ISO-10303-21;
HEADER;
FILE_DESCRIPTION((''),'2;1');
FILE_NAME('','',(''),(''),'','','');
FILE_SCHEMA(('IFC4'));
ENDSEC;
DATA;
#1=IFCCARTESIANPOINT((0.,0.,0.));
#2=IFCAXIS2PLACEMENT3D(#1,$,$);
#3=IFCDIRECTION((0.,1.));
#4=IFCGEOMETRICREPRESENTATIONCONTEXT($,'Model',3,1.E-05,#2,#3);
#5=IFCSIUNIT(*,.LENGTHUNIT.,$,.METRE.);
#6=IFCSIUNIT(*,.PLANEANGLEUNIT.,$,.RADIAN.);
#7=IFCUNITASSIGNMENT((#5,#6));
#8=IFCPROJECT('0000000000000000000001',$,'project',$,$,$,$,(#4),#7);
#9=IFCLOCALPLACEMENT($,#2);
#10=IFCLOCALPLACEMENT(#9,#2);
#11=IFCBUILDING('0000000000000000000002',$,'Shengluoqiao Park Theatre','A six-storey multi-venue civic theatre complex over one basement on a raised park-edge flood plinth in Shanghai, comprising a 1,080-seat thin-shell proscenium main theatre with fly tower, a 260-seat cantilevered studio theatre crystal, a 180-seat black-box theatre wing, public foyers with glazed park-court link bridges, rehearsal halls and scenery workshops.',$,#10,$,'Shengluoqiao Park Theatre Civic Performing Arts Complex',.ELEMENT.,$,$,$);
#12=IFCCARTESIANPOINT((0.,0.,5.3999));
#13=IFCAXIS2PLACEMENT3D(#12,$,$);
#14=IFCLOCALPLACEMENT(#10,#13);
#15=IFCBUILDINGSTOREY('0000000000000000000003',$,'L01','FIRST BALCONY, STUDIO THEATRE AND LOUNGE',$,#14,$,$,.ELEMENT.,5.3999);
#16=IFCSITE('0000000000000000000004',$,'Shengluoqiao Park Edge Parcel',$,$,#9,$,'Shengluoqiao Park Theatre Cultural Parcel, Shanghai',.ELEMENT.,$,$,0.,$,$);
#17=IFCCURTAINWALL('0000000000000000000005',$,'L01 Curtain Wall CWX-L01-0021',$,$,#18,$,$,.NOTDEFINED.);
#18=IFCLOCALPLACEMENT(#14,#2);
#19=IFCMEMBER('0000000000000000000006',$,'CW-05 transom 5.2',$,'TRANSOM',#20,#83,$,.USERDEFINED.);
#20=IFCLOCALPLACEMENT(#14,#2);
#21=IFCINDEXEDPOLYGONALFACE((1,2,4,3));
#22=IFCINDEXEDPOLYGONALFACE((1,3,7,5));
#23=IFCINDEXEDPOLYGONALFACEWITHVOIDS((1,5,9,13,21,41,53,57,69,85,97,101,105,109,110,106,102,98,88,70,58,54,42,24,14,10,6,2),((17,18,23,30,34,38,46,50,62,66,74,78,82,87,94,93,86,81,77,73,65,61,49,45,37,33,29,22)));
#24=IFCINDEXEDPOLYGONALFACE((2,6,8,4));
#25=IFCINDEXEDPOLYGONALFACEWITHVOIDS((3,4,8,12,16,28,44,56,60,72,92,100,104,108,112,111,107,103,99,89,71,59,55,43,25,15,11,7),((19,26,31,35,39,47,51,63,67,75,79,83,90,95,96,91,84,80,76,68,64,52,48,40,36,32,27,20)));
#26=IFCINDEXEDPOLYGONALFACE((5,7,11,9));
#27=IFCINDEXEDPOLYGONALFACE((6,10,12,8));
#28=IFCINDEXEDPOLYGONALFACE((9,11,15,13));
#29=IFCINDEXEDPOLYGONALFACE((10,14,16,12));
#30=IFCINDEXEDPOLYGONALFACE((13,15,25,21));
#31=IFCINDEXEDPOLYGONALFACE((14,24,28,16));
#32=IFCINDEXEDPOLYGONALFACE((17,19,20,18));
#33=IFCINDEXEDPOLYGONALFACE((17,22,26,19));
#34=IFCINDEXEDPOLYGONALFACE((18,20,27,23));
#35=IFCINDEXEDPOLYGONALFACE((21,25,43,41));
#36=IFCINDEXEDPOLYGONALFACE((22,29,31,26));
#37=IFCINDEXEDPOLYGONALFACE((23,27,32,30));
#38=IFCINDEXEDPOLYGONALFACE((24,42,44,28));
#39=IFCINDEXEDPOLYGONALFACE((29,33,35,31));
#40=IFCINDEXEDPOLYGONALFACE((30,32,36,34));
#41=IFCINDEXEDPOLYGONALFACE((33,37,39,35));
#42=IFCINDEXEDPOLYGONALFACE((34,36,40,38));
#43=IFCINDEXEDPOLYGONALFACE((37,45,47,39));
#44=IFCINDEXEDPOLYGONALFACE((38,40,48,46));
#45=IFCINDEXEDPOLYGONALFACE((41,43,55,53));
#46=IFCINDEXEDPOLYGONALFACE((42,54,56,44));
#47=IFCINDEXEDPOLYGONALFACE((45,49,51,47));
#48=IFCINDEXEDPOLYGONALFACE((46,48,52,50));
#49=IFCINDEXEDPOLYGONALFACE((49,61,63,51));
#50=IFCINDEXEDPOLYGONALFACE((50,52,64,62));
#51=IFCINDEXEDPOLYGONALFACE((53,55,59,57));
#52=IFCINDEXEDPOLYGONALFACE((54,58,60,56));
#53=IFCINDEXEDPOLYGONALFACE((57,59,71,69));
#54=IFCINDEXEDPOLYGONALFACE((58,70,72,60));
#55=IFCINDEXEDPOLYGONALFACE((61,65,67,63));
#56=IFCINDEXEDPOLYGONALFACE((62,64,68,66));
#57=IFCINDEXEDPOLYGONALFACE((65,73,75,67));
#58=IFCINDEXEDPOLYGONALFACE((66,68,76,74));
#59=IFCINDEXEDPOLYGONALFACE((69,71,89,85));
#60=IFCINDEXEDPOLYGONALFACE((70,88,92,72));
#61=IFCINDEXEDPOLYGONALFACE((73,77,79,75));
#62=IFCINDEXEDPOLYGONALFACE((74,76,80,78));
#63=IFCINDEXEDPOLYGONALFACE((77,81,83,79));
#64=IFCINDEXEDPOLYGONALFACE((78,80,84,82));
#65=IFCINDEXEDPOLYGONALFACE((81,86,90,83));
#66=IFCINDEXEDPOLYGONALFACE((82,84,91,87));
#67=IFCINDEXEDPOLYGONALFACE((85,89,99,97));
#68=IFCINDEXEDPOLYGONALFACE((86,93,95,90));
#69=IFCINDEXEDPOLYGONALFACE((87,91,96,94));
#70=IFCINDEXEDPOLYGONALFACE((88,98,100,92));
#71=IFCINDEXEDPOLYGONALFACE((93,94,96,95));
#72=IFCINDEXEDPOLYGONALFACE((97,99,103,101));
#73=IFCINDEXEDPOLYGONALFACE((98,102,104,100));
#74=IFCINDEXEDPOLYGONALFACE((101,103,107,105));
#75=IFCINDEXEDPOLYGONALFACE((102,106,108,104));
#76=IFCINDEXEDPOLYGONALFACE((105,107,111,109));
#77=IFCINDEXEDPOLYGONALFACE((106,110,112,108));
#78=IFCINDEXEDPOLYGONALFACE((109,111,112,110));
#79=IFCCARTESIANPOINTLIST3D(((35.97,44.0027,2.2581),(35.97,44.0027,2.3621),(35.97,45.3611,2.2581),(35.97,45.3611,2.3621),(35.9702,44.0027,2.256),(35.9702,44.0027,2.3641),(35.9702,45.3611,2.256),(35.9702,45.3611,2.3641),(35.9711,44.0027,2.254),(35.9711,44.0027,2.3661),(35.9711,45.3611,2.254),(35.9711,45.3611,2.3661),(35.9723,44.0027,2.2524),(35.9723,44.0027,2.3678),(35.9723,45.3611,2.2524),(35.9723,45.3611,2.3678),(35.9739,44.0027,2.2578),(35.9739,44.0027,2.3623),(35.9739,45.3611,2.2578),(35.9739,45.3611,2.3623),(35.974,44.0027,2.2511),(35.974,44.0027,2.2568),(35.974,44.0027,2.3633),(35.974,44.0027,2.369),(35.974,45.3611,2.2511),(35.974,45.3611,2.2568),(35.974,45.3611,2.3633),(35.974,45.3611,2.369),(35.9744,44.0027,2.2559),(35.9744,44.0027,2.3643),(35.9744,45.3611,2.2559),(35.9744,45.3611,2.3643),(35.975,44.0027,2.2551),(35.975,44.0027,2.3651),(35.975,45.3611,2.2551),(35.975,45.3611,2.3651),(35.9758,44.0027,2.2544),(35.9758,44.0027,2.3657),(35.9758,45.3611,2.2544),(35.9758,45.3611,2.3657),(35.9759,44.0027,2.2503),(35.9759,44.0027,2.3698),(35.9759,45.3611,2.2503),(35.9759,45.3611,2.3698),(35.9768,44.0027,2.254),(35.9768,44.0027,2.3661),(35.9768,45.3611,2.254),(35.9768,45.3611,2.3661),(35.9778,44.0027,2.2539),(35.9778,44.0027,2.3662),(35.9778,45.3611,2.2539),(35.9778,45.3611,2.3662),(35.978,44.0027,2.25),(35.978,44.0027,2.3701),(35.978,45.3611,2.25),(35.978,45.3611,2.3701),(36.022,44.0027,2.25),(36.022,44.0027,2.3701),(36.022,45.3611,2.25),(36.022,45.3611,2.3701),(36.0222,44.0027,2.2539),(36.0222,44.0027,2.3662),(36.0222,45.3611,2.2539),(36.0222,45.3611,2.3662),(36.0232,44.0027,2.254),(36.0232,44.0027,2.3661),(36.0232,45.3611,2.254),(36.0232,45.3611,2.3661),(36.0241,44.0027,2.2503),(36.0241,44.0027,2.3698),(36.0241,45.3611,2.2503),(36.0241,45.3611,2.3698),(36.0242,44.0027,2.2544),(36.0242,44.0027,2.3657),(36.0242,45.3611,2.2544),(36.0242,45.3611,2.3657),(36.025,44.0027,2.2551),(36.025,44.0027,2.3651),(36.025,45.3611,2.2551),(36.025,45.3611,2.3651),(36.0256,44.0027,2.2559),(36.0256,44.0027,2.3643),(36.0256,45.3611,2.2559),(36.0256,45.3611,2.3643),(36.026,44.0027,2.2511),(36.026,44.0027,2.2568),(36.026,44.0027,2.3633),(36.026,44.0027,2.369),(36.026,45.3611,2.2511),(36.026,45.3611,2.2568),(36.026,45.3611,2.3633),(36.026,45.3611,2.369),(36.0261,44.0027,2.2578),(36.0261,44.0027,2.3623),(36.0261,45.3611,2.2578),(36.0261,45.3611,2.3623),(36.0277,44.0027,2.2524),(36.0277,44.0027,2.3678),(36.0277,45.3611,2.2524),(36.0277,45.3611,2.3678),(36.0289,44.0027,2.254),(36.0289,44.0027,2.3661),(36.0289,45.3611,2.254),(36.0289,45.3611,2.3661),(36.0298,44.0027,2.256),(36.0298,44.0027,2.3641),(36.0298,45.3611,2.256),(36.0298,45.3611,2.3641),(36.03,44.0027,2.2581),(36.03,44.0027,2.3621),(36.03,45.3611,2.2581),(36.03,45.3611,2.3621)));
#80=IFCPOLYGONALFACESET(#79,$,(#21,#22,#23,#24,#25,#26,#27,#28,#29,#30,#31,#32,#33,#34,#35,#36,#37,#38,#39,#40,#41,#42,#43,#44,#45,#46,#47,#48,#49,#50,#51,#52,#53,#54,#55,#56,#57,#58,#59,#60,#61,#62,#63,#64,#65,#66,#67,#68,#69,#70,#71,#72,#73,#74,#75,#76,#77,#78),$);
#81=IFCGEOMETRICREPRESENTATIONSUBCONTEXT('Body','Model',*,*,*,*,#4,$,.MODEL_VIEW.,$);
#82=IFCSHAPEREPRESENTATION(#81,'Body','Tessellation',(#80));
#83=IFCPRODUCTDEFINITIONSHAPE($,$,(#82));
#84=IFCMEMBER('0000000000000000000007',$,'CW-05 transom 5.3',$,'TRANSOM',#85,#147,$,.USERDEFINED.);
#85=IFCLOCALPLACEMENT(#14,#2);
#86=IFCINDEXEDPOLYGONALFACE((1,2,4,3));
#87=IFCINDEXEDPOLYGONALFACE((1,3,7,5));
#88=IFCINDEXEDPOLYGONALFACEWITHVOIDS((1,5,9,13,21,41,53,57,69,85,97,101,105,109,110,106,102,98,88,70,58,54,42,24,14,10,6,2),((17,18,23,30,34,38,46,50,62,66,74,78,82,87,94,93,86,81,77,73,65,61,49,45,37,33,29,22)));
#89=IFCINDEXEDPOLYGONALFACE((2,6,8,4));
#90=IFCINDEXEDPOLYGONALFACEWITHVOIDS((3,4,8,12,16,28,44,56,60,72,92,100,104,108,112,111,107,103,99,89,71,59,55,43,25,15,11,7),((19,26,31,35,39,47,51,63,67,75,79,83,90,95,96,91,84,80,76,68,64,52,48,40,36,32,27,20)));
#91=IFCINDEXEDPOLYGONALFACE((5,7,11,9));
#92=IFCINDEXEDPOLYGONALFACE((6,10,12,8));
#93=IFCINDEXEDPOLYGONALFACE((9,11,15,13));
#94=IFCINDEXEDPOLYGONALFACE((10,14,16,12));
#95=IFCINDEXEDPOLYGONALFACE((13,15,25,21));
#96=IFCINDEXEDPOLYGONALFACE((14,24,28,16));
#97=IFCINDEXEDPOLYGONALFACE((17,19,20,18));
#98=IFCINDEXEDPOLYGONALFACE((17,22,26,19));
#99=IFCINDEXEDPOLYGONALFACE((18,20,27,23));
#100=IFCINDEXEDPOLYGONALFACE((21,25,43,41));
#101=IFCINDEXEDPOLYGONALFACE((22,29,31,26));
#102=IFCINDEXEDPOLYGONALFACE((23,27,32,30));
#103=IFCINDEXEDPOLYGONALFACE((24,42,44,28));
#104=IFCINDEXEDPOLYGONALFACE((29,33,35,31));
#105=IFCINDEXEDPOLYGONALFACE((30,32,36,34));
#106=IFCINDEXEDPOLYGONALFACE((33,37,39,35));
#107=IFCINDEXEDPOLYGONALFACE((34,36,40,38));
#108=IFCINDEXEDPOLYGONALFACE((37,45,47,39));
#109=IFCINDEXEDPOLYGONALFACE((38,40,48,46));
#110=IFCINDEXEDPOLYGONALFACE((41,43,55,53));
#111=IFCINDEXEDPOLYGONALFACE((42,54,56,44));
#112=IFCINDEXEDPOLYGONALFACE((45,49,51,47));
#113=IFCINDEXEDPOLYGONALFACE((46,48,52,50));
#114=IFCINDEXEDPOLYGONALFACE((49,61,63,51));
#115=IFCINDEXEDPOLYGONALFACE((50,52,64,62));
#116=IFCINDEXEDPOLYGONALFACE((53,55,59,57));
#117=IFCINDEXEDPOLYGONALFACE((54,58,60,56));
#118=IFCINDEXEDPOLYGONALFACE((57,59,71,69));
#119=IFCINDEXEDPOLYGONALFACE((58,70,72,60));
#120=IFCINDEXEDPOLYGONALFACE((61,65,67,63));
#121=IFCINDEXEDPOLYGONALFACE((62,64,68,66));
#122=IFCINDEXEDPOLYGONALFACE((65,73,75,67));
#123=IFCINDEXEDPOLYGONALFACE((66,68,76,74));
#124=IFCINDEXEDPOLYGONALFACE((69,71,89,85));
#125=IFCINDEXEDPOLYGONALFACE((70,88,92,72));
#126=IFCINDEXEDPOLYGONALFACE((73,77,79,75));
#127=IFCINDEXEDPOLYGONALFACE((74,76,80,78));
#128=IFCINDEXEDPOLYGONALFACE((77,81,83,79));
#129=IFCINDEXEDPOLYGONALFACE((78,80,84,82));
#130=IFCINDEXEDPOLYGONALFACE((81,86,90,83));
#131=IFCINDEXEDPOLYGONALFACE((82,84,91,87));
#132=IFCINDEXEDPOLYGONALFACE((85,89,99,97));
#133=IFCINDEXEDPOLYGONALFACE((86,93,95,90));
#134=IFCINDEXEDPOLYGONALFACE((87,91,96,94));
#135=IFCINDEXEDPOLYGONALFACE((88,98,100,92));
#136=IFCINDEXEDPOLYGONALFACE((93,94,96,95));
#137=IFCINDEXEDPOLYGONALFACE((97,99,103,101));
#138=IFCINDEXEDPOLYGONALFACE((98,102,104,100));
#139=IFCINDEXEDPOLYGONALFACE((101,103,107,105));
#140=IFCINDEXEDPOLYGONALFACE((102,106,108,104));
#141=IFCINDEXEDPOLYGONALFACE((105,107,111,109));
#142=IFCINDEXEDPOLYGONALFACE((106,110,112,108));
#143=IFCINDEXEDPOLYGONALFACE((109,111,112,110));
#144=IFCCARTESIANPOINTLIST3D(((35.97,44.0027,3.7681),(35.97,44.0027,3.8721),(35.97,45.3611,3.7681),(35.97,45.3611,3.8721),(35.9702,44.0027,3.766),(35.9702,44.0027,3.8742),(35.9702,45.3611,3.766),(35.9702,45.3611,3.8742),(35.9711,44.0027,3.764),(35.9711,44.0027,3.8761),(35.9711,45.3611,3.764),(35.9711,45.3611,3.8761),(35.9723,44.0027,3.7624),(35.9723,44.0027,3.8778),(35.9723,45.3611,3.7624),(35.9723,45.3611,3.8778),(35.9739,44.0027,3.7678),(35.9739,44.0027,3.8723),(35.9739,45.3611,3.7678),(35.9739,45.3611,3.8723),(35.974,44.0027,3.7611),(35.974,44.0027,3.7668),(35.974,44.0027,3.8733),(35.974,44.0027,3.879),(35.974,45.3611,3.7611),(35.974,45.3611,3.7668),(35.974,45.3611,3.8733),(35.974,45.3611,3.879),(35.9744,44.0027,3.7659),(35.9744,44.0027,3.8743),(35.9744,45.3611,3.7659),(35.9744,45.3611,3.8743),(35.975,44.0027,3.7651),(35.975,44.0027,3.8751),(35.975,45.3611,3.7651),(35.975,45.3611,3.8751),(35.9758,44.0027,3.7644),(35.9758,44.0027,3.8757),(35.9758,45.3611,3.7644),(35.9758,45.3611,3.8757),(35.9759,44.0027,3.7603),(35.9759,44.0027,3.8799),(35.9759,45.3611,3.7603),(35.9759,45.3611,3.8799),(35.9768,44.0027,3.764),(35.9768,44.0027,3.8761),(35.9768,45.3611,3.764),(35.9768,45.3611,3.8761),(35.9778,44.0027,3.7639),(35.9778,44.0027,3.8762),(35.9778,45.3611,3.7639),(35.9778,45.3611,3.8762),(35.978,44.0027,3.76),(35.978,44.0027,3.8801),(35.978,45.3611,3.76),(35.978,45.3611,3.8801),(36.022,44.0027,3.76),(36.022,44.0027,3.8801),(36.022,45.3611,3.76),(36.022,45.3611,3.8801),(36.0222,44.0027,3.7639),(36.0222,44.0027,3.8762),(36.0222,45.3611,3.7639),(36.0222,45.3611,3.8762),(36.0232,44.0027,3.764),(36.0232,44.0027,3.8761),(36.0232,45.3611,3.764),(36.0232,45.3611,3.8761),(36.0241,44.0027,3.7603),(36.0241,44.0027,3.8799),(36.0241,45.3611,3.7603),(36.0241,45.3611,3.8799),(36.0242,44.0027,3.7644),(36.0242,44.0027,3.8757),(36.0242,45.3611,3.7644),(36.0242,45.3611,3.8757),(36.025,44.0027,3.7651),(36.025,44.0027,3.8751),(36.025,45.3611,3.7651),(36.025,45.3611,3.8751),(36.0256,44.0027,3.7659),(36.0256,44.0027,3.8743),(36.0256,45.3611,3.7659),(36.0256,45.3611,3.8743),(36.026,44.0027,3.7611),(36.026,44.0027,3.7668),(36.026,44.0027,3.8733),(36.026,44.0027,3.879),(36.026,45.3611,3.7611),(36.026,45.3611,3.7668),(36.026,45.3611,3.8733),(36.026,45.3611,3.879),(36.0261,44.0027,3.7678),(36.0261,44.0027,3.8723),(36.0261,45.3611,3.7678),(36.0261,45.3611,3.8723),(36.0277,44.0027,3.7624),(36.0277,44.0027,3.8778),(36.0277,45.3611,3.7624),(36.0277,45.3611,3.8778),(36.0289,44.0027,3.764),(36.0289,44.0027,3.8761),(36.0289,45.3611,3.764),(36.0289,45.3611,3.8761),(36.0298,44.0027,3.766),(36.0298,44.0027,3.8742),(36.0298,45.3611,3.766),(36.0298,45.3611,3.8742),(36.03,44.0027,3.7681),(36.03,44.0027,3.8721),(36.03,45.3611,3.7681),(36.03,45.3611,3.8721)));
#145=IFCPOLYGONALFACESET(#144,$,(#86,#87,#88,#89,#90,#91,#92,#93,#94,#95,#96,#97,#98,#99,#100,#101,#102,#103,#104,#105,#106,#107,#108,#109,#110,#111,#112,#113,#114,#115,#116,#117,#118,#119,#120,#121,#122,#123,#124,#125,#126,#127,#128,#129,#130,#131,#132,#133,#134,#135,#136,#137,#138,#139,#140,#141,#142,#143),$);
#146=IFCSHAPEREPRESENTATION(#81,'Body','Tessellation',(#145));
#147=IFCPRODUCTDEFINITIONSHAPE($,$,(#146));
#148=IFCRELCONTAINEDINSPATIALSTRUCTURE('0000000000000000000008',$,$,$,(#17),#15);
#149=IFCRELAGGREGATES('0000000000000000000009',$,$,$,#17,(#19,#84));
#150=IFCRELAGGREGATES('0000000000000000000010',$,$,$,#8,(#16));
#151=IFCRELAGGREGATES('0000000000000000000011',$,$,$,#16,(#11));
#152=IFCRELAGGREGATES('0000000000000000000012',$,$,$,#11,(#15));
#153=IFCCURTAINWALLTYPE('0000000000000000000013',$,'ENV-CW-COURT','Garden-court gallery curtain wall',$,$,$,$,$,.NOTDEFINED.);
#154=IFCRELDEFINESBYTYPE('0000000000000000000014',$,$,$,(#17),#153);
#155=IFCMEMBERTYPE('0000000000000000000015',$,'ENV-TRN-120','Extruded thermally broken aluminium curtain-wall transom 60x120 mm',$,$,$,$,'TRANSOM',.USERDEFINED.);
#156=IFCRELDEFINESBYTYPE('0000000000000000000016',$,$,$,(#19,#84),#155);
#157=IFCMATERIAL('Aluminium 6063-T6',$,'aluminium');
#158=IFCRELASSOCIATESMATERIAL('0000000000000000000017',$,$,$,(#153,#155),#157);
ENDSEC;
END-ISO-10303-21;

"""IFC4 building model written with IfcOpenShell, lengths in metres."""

from ifc_helpers import new_model, si_unit, direction, frame, origin, origin_2d, place, context, subcontext, project, spatial, hollow_rectangle, extrude, material, material_profile, profile_set, type_object, element, aggregate, save


model = new_model("IFC4")

# Units and contexts
model_context = context("Model", 3, precision=1e-05, world=origin(), true_north=direction((0.0, 1.0)))
body_context = subcontext(model_context, "Body", "Model", "MODEL_VIEW")
ifc_project = project(units=[si_unit("LENGTHUNIT", "METRE"), si_unit("PLANEANGLEUNIT", "RADIAN")], contexts=[model_context])

# Site, building, storey
site_placement = place(None, origin())
site = spatial("IfcSite", under=ifc_project, at=site_placement, Name="Shengluoqiao Park Edge Parcel", LongName="Shengluoqiao Park Theatre Cultural Parcel, Shanghai", CompositionType="ELEMENT", RefElevation=0.0)
building_placement = place(site_placement, origin())
building = spatial("IfcBuilding", under=site, at=building_placement, Name="Shengluoqiao Park Theatre", Description="A six-storey multi-venue civic theatre complex over one basement on a raised park-edge flood plinth in Shanghai, comprising a 1,080-seat thin-shell proscenium main theatre with fly tower, a 260-seat cantilevered studio theatre crystal, a 180-seat black-box theatre wing, public foyers with glazed park-court link bridges, rehearsal halls and scenery workshops.", LongName="Shengluoqiao Park Theatre Civic Performing Arts Complex", CompositionType="ELEMENT")
storey_placement = place(building_placement, frame((0.0, 0.0, 5.3999)))
storey = spatial("IfcBuildingStorey", under=building, at=storey_placement, Name="L01", Description="FIRST BALCONY, STUDIO THEATRE AND LOUNGE", CompositionType="ELEMENT", Elevation=5.3999)

# Curtain wall
ifc_material_1 = material(Name="Aluminium 6063-T6", Category="aluminium")
curtain_wall_type = type_object("IfcCurtainWallType", Name="ENV-CW-COURT", Description="Garden-court gallery curtain wall", PredefinedType="NOTDEFINED", material=ifc_material_1)
curtain_wall_1_placement = place(storey_placement, origin())
curtain_wall_1 = element("IfcCurtainWall", 1, at=curtain_wall_1_placement, inside=storey, type_object=curtain_wall_type, Name="L01 Curtain Wall CWX-L01-0021", PredefinedType="NOTDEFINED")

# Members
ifc_material_profile_1 = material_profile(ifc_material_1, hollow_rectangle(XDim=0.0601, YDim=0.1201, WallThickness=0.0039, InnerFilletRadius=0.0039, OuterFilletRadius=0.0081, at=origin_2d()), Name="ALU TRANSOM 120x60x4")
ifc_profile_set_1 = profile_set([ifc_material_profile_1], Name="Aluminium 6063-T6")
member_type_1 = type_object("IfcMemberType", Name="ENV-TRN-120", Description="Extruded thermally broken aluminium curtain-wall transom 60x120 mm", ElementType="TRANSOM", PredefinedType="USERDEFINED", material=ifc_profile_set_1)
member_1_placement = place(storey_placement, frame((36.0, 44.0027, 2.3101), z_axis=(0.0, 1.0, 0.0), x_axis=(-1.0, 0.0, 0.0)))
member_1 = element("IfcMember", 2, at=member_1_placement, type_object=member_type_1, Name="CW-05 transom 5.2", ObjectType="TRANSOM", PredefinedType="USERDEFINED", context=body_context, shape_type="SweptSolid", body=[
    extrude(hollow_rectangle(XDim=0.0601, YDim=0.1201, WallThickness=0.0039, InnerFilletRadius=0.0039, OuterFilletRadius=0.0081, at=origin_2d()), origin(), (0.0, 0.0, 1.0), 1.3584),
])
member_2_placement = place(storey_placement, frame((36.0, 44.0027, 3.8201), z_axis=(0.0, 1.0, 0.0), x_axis=(-1.0, 0.0, 0.0)))
member_2 = element("IfcMember", 3, at=member_2_placement, type_object=member_type_1, Name="CW-05 transom 5.3", ObjectType="TRANSOM", PredefinedType="USERDEFINED", context=body_context, shape_type="SweptSolid", body=[
    extrude(hollow_rectangle(XDim=0.0601, YDim=0.1201, WallThickness=0.0039, InnerFilletRadius=0.0039, OuterFilletRadius=0.0081, at=origin_2d()), origin(), (0.0, 0.0, 1.0), 1.3584),
])

aggregate(curtain_wall_1, [member_1, member_2])

save(model, "model.ifc")
